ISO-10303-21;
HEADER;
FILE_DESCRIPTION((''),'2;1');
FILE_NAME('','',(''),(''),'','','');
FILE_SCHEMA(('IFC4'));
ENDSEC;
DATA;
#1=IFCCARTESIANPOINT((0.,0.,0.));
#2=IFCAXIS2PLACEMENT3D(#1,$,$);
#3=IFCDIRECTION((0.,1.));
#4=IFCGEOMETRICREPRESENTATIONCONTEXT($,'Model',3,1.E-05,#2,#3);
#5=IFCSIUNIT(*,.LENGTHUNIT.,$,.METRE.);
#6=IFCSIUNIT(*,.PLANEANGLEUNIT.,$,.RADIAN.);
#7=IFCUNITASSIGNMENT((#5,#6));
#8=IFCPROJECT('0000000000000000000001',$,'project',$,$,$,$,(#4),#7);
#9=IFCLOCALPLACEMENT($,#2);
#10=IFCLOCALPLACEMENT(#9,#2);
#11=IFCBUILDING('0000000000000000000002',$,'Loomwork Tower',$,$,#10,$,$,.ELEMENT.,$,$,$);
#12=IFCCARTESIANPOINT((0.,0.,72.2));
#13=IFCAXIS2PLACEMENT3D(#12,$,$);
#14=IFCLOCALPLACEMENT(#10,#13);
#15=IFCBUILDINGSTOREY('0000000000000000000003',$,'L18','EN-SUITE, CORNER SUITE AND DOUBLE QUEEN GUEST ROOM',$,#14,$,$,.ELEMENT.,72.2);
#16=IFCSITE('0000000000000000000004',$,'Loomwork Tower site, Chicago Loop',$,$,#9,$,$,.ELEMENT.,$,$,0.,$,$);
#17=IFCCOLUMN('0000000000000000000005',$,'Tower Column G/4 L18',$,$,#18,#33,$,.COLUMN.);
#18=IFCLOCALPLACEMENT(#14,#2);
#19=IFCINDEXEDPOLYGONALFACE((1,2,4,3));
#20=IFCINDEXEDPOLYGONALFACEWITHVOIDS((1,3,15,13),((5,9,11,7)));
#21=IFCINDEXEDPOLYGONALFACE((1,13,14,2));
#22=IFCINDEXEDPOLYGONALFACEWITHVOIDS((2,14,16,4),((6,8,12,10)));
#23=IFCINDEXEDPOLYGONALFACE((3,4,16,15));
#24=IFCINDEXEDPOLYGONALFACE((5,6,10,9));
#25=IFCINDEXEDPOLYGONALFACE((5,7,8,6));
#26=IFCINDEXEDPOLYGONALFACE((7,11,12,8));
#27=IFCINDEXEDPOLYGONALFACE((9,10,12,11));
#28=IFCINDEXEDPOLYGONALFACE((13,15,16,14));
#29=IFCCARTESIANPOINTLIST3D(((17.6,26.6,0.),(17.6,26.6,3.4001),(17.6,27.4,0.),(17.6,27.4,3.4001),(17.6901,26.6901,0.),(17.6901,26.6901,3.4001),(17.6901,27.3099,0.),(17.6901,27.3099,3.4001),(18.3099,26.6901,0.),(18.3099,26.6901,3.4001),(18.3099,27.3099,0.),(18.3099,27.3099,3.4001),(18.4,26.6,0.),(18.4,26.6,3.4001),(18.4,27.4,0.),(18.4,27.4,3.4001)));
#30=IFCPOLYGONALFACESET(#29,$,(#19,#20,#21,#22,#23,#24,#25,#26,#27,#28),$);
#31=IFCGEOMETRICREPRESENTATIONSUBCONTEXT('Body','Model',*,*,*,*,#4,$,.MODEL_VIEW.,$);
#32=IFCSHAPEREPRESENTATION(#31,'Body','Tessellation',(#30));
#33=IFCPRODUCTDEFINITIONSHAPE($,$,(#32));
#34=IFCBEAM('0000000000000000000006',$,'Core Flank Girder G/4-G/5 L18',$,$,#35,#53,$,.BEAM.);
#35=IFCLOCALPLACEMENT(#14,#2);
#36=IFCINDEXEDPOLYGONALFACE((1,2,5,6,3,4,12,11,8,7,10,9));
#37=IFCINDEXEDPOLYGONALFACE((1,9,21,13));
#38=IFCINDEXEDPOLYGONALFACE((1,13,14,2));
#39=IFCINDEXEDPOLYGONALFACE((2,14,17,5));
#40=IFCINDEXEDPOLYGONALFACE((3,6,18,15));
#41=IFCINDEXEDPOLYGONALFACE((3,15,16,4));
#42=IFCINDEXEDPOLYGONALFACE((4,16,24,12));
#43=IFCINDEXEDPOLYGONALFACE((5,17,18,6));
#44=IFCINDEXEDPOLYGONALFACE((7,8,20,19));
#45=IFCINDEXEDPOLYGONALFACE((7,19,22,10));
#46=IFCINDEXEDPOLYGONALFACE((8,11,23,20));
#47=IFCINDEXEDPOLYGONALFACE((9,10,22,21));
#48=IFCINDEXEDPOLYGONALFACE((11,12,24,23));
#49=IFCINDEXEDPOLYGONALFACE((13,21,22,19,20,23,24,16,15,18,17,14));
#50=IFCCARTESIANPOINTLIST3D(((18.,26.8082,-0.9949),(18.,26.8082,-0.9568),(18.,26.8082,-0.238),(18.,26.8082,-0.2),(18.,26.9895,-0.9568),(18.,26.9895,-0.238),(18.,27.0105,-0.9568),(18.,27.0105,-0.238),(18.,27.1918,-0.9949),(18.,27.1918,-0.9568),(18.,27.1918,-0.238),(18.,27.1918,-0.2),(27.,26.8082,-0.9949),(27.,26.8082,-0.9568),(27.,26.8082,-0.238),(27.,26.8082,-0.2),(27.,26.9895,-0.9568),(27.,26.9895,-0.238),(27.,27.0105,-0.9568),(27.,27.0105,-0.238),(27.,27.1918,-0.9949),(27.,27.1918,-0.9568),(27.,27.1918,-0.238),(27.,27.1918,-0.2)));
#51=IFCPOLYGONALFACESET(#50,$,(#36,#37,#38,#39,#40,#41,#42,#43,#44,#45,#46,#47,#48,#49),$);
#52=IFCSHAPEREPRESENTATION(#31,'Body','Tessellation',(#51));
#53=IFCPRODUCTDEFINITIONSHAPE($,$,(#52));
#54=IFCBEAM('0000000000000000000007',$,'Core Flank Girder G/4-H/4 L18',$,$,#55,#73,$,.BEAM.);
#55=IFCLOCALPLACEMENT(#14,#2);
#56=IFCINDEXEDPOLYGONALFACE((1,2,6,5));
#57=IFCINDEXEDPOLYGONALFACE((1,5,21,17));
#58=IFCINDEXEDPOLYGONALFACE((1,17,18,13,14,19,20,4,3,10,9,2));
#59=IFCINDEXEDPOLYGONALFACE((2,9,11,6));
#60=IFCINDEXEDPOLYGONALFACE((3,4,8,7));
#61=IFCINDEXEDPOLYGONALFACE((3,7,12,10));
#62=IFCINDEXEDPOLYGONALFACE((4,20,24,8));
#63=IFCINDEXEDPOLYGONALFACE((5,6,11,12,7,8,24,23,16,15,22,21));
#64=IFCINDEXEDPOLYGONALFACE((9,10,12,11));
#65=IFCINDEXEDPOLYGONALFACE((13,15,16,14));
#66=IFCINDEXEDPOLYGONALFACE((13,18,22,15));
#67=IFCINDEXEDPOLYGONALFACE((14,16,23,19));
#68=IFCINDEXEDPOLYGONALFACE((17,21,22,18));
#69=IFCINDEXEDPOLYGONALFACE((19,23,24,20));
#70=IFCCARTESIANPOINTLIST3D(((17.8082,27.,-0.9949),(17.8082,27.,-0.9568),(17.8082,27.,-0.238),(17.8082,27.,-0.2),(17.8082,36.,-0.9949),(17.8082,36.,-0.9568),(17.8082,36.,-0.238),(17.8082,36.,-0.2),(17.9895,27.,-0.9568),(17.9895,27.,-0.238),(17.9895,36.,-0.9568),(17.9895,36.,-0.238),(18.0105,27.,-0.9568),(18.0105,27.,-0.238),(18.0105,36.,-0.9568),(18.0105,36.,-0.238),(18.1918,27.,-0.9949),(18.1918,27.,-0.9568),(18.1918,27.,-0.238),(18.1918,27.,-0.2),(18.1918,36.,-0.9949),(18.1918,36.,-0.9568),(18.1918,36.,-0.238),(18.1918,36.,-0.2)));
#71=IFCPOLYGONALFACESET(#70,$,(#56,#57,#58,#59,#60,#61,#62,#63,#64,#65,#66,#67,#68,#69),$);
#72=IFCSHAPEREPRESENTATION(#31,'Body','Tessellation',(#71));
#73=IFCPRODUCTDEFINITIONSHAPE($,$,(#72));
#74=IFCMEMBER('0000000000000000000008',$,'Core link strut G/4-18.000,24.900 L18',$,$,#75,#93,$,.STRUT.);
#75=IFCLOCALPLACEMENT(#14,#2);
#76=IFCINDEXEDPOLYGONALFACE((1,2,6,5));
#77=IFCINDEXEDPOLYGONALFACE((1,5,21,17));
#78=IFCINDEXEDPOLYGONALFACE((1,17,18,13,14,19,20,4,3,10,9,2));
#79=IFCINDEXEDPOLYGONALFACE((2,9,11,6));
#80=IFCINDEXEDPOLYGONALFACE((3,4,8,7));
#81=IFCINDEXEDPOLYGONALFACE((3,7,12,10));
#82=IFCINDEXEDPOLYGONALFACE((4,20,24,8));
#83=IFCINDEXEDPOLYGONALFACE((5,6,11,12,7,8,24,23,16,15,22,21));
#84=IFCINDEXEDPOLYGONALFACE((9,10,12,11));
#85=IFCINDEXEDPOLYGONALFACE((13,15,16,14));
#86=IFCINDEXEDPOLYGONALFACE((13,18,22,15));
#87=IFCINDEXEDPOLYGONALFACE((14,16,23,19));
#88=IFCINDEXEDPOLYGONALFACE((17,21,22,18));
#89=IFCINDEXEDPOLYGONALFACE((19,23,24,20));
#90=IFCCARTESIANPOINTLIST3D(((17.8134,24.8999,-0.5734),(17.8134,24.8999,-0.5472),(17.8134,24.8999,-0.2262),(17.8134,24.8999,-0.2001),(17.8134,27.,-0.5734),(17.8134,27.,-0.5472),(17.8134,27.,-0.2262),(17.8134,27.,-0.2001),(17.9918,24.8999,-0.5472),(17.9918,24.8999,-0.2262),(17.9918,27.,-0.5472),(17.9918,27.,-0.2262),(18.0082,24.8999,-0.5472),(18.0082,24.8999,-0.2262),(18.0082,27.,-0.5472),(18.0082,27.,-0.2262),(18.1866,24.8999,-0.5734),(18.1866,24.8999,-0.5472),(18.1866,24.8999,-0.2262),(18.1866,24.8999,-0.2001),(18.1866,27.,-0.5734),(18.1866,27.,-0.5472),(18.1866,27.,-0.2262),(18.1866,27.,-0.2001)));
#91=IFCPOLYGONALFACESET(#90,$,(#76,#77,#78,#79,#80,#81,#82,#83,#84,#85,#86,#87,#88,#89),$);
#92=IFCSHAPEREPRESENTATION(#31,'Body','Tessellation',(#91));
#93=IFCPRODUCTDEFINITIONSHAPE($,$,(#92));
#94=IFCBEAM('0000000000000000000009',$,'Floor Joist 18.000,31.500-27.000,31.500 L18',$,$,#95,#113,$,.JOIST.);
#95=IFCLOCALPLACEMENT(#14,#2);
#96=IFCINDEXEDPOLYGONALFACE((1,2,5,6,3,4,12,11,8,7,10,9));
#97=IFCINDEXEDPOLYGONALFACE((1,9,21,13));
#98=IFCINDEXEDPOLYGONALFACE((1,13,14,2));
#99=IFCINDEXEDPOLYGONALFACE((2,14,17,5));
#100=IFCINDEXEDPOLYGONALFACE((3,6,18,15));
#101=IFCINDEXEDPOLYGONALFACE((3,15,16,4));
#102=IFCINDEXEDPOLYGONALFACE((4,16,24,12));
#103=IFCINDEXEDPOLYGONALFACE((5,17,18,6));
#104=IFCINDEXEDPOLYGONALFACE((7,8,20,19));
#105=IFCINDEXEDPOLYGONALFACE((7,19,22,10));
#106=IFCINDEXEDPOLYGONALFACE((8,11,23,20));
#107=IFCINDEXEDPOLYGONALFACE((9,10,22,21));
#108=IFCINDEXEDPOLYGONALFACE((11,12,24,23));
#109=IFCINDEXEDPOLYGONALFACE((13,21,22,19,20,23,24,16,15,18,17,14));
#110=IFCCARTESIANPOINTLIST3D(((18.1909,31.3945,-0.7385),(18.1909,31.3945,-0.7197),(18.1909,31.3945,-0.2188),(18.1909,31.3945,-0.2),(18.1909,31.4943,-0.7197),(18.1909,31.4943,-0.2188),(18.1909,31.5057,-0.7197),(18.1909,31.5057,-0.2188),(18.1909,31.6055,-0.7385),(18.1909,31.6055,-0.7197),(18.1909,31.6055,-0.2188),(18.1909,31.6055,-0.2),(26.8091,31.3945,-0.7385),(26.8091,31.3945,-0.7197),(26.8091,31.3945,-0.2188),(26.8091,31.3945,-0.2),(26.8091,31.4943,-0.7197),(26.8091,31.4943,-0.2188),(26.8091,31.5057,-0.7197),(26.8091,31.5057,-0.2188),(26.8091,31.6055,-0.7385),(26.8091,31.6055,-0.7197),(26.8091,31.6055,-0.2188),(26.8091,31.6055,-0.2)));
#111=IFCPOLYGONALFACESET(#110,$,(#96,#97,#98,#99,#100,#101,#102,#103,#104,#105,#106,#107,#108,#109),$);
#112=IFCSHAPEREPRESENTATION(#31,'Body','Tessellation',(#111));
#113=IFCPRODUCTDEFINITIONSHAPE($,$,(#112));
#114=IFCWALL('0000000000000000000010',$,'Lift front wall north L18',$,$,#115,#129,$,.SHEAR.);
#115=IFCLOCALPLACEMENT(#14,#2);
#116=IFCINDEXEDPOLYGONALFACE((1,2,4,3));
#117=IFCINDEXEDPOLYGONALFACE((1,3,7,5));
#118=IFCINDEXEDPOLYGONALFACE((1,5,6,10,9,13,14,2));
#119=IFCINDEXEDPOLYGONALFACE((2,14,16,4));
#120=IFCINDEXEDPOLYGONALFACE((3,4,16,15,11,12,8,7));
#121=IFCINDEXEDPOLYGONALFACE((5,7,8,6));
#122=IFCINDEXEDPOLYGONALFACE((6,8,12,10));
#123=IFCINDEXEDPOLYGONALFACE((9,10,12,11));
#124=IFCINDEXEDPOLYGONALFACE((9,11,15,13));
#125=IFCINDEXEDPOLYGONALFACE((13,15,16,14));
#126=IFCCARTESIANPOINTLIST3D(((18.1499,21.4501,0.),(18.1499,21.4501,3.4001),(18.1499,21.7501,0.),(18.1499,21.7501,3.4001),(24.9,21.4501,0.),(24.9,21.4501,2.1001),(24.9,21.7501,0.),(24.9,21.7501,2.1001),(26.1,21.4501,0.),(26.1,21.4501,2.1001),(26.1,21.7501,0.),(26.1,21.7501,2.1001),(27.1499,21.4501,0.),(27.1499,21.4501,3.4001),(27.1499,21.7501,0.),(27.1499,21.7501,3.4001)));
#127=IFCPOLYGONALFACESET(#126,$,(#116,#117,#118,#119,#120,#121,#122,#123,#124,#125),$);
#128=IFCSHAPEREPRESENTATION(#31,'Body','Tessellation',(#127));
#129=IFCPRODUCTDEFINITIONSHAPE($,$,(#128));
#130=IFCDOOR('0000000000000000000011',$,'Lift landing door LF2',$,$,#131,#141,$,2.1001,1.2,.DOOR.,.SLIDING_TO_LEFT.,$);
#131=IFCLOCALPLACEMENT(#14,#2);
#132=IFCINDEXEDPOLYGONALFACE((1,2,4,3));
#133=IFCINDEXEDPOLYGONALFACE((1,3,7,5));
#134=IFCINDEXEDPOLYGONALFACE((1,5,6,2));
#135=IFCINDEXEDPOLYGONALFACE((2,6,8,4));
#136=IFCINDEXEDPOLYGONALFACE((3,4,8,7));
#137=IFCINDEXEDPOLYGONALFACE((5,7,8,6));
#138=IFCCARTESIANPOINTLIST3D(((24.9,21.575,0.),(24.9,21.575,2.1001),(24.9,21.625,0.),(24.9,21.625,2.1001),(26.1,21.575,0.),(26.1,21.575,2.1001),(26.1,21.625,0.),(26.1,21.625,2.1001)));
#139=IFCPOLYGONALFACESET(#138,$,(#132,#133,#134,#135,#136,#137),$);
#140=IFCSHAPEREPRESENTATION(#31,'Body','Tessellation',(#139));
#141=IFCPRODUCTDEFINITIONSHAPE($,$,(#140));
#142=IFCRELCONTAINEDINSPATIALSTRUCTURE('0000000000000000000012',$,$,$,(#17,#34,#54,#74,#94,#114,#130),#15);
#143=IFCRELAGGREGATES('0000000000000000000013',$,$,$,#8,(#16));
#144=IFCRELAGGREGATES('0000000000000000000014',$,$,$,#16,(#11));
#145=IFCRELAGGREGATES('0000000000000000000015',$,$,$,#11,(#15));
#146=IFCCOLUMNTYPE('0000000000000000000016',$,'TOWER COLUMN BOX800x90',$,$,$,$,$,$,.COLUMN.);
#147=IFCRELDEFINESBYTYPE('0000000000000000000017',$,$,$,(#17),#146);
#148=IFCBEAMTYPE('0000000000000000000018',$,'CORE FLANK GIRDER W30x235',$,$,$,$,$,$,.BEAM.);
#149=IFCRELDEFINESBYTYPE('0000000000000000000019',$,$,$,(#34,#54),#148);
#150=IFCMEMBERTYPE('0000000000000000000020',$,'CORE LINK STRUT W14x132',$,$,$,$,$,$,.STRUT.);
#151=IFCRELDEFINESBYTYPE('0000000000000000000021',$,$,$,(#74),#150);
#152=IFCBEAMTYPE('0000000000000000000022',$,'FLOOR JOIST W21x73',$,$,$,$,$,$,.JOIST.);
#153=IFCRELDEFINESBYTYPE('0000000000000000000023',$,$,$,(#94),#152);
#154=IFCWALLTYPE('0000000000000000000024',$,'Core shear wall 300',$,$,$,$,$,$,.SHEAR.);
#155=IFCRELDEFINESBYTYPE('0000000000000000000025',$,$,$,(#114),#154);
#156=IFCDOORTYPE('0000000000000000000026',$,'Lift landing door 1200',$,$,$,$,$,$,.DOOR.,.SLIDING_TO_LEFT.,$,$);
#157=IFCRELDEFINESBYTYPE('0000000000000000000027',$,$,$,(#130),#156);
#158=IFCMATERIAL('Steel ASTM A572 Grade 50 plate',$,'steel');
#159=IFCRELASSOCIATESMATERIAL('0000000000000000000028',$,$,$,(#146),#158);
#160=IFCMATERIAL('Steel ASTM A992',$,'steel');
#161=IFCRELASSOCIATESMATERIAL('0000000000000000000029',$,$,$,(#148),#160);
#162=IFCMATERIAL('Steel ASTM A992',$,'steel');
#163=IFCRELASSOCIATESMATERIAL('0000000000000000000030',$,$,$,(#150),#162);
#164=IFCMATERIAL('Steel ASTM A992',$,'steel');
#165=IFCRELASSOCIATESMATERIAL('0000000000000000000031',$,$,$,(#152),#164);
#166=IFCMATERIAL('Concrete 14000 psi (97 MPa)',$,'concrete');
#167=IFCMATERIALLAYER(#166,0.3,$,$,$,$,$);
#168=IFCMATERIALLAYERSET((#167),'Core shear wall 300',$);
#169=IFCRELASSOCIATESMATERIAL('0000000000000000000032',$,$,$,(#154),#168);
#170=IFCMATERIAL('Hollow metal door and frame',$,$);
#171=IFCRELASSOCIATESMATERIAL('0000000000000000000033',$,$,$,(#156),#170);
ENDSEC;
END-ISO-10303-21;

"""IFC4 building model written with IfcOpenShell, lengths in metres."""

from ifc_helpers import new_model, si_unit, direction, frame, frame_2d, origin, origin_2d, place, context, subcontext, project, spatial, rectangle, hollow_rectangle, i_section, extrude, material, layer, layer_set, material_profile, profile_set, type_object, element, fill, save


model = new_model("IFC4")

# Units and contexts
model_context = context("Model", 3, precision=1e-05, world=origin(), true_north=direction((0.0, 1.0)))
body_context = subcontext(model_context, "Body", "Model", "MODEL_VIEW")
ifc_project = project(units=[si_unit("LENGTHUNIT", "METRE"), si_unit("PLANEANGLEUNIT", "RADIAN")], contexts=[model_context])

# Site, building, storey
site_placement = place(None, origin())
site = spatial("IfcSite", under=ifc_project, at=site_placement, Name="Loomwork Tower site, Chicago Loop", CompositionType="ELEMENT", RefElevation=0.0)
building_placement = place(site_placement, origin())
building = spatial("IfcBuilding", under=site, at=building_placement, Name="Loomwork Tower", CompositionType="ELEMENT")
storey_placement = place(building_placement, frame((0.0, 0.0, 72.2)))
storey = spatial("IfcBuildingStorey", under=building, at=storey_placement, Name="L18", Description="EN-SUITE, CORNER SUITE AND DOUBLE QUEEN GUEST ROOM", CompositionType="ELEMENT", Elevation=72.2)

# Column
ifc_material_1 = material(Name="Steel ASTM A572 Grade 50 plate", Category="steel")
ifc_material_profile_1 = material_profile(ifc_material_1, hollow_rectangle(XDim=0.8, YDim=0.8, WallThickness=0.0901, at=origin_2d()), Name="BOX800x90")
ifc_profile_set_1 = profile_set([ifc_material_profile_1], Name="Steel ASTM A572 Grade 50 plate")
column_type = type_object("IfcColumnType", Name="TOWER COLUMN BOX800x90", PredefinedType="COLUMN", material=ifc_profile_set_1)
column_placement = place(storey_placement, frame((18.0, 27.0, 0.0), z_axis=(0.0, 0.0, 1.0), x_axis=(1.0, 0.0, 0.0)))
element("IfcColumn", 1, at=column_placement, inside=storey, type_object=column_type, Name="Tower Column G/4 L18", PredefinedType="COLUMN", context=body_context, shape_type="SweptSolid", body=[
    extrude(hollow_rectangle(XDim=0.8, YDim=0.8, WallThickness=0.0901, at=origin_2d()), origin(), (0.0, 0.0, 1.0), 3.4001),
])

# Beams
ifc_material_2 = material(Name="Steel ASTM A992", Category="steel")
ifc_material_profile_2 = material_profile(ifc_material_2, i_section(OverallWidth=0.3835, OverallDepth=0.7949, WebThickness=0.021, FlangeThickness=0.0381, at=origin_2d()), Name="W30x235")
ifc_profile_set_2 = profile_set([ifc_material_profile_2], Name="Steel ASTM A992")
beam_type_1 = type_object("IfcBeamType", Name="CORE FLANK GIRDER W30x235", PredefinedType="BEAM", material=ifc_profile_set_2)
for number, where, z_axis, x_axis, name in (
    (2, (18.0, 27.0, -0.5974), (1.0, 0.0, 0.0), (0.0, 1.0, 0.0), "Core Flank Girder G/4-G/5 L18"),
    (3, (18.0, 27.0, -0.5974), (0.0, 1.0, 0.0), (-1.0, 0.0, 0.0), "Core Flank Girder G/4-H/4 L18"),
):
    element("IfcBeam", number, at=place(storey_placement, frame(where, z_axis=z_axis, x_axis=x_axis)), inside=storey, type_object=beam_type_1, Name=name, PredefinedType="BEAM", context=body_context, shape_type="SweptSolid", body=[
        extrude(i_section(OverallWidth=0.3835, OverallDepth=0.7949, WebThickness=0.021, FlangeThickness=0.0381, at=origin_2d()), origin(), (0.0, 0.0, 1.0), 9.0),
    ])

# Member
ifc_material_3 = material(Name="Steel ASTM A992", Category="steel")
ifc_material_profile_3 = material_profile(ifc_material_3, i_section(OverallWidth=0.3733, OverallDepth=0.3733, WebThickness=0.0164, FlangeThickness=0.0261, at=origin_2d()), Name="W14x132")
ifc_profile_set_3 = profile_set([ifc_material_profile_3], Name="Steel ASTM A992")
member_type = type_object("IfcMemberType", Name="CORE LINK STRUT W14x132", PredefinedType="STRUT", material=ifc_profile_set_3)
member_placement = place(storey_placement, frame((18.0, 27.0, -0.3867), z_axis=(0.0, -1.0, 0.0), x_axis=(1.0, 0.0, 0.0)))
element("IfcMember", 4, at=member_placement, inside=storey, type_object=member_type, Name="Core link strut G/4-18.000,24.900 L18", PredefinedType="STRUT", context=body_context, shape_type="SweptSolid", body=[
    extrude(i_section(OverallWidth=0.3733, OverallDepth=0.3733, WebThickness=0.0164, FlangeThickness=0.0261, at=origin_2d()), origin(), (0.0, 0.0, 1.0), 2.1001),
])

# Beam
ifc_material_4 = material(Name="Steel ASTM A992", Category="steel")
ifc_material_profile_4 = material_profile(ifc_material_4, i_section(OverallWidth=0.2109, OverallDepth=0.5386, WebThickness=0.0115, FlangeThickness=0.0188, at=origin_2d()), Name="W21x73")
ifc_profile_set_4 = profile_set([ifc_material_profile_4], Name="Steel ASTM A992")
beam_type_2 = type_object("IfcBeamType", Name="FLOOR JOIST W21x73", PredefinedType="JOIST", material=ifc_profile_set_4)
beam_placement = place(storey_placement, frame((18.1909, 31.5, -0.4692), z_axis=(1.0, 0.0, 0.0), x_axis=(0.0, 1.0, 0.0)))
element("IfcBeam", 5, at=beam_placement, inside=storey, type_object=beam_type_2, Name="Floor Joist 18.000,31.500-27.000,31.500 L18", PredefinedType="JOIST", context=body_context, shape_type="SweptSolid", body=[
    extrude(i_section(OverallWidth=0.2109, OverallDepth=0.5386, WebThickness=0.0115, FlangeThickness=0.0188, at=origin_2d()), origin(), (0.0, 0.0, 1.0), 8.6182),
])

# Wall, opening, door
ifc_material_5 = material(Name="Concrete 14000 psi (97 MPa)", Category="concrete")
ifc_layer_1 = layer(ifc_material_5, 0.3)
ifc_layer_set_1 = layer_set([ifc_layer_1], Name="Core shear wall 300")
wall_type_1 = type_object("IfcWallType", Name="Core shear wall 300", PredefinedType="SHEAR", material=ifc_layer_set_1)
wall_1_placement = place(storey_placement, frame((18.1499, 21.6001, 0.0), z_axis=(0.0, 0.0, 1.0), x_axis=(1.0, 0.0, 0.0)))
wall_1 = element("IfcWall", 6, at=wall_1_placement, inside=storey, type_object=wall_type_1, Name="Lift front wall north L18", PredefinedType="SHEAR", context=body_context, shape_type="SweptSolid", body=[
    extrude(rectangle(XDim=9.0, YDim=0.3, at=frame_2d((4.5, 0.0))), origin(), (0.0, 0.0, 1.0), 3.4001),
])
opening_1_placement = place(wall_1_placement, frame((6.75, 0.0, 0.0)))
opening_1 = element("IfcOpeningElement", 7, at=opening_1_placement, cuts=wall_1, PredefinedType="OPENING", context=body_context, shape_type="SweptSolid", body=[
    extrude(rectangle(XDim=1.2, YDim=2.1001, at=frame_2d((0.6001, 1.05))), frame((0.0, 0.1599, 0.0), z_axis=(0.0, -1.0, 0.0), x_axis=(1.0, 0.0, 0.0)), (0.0, 0.0, 1.0), 0.3201),
])
ifc_material_6 = material(Name="Hollow metal door and frame")
door_type_1 = type_object("IfcDoorType", Name="Lift landing door 1200", OperationType="SLIDING_TO_LEFT", PredefinedType="DOOR", material=ifc_material_6)
door_1_placement = place(opening_1_placement, origin())
door_1 = element("IfcDoor", 8, at=door_1_placement, inside=storey, type_object=door_type_1, Name="Lift landing door LF2", OperationType="SLIDING_TO_LEFT", OverallHeight=2.1001, OverallWidth=1.2, PredefinedType="DOOR", context=body_context, shape_type="SweptSolid", body=[
    extrude(rectangle(XDim=1.2, YDim=2.1001, at=frame_2d((0.6001, 1.05))), frame((0.0, 0.0249, 0.0), z_axis=(0.0, -1.0, 0.0), x_axis=(1.0, 0.0, 0.0)), (0.0, 0.0, 1.0), 0.05),
])
fill(opening_1, door_1)

save(model, "model.ifc")
